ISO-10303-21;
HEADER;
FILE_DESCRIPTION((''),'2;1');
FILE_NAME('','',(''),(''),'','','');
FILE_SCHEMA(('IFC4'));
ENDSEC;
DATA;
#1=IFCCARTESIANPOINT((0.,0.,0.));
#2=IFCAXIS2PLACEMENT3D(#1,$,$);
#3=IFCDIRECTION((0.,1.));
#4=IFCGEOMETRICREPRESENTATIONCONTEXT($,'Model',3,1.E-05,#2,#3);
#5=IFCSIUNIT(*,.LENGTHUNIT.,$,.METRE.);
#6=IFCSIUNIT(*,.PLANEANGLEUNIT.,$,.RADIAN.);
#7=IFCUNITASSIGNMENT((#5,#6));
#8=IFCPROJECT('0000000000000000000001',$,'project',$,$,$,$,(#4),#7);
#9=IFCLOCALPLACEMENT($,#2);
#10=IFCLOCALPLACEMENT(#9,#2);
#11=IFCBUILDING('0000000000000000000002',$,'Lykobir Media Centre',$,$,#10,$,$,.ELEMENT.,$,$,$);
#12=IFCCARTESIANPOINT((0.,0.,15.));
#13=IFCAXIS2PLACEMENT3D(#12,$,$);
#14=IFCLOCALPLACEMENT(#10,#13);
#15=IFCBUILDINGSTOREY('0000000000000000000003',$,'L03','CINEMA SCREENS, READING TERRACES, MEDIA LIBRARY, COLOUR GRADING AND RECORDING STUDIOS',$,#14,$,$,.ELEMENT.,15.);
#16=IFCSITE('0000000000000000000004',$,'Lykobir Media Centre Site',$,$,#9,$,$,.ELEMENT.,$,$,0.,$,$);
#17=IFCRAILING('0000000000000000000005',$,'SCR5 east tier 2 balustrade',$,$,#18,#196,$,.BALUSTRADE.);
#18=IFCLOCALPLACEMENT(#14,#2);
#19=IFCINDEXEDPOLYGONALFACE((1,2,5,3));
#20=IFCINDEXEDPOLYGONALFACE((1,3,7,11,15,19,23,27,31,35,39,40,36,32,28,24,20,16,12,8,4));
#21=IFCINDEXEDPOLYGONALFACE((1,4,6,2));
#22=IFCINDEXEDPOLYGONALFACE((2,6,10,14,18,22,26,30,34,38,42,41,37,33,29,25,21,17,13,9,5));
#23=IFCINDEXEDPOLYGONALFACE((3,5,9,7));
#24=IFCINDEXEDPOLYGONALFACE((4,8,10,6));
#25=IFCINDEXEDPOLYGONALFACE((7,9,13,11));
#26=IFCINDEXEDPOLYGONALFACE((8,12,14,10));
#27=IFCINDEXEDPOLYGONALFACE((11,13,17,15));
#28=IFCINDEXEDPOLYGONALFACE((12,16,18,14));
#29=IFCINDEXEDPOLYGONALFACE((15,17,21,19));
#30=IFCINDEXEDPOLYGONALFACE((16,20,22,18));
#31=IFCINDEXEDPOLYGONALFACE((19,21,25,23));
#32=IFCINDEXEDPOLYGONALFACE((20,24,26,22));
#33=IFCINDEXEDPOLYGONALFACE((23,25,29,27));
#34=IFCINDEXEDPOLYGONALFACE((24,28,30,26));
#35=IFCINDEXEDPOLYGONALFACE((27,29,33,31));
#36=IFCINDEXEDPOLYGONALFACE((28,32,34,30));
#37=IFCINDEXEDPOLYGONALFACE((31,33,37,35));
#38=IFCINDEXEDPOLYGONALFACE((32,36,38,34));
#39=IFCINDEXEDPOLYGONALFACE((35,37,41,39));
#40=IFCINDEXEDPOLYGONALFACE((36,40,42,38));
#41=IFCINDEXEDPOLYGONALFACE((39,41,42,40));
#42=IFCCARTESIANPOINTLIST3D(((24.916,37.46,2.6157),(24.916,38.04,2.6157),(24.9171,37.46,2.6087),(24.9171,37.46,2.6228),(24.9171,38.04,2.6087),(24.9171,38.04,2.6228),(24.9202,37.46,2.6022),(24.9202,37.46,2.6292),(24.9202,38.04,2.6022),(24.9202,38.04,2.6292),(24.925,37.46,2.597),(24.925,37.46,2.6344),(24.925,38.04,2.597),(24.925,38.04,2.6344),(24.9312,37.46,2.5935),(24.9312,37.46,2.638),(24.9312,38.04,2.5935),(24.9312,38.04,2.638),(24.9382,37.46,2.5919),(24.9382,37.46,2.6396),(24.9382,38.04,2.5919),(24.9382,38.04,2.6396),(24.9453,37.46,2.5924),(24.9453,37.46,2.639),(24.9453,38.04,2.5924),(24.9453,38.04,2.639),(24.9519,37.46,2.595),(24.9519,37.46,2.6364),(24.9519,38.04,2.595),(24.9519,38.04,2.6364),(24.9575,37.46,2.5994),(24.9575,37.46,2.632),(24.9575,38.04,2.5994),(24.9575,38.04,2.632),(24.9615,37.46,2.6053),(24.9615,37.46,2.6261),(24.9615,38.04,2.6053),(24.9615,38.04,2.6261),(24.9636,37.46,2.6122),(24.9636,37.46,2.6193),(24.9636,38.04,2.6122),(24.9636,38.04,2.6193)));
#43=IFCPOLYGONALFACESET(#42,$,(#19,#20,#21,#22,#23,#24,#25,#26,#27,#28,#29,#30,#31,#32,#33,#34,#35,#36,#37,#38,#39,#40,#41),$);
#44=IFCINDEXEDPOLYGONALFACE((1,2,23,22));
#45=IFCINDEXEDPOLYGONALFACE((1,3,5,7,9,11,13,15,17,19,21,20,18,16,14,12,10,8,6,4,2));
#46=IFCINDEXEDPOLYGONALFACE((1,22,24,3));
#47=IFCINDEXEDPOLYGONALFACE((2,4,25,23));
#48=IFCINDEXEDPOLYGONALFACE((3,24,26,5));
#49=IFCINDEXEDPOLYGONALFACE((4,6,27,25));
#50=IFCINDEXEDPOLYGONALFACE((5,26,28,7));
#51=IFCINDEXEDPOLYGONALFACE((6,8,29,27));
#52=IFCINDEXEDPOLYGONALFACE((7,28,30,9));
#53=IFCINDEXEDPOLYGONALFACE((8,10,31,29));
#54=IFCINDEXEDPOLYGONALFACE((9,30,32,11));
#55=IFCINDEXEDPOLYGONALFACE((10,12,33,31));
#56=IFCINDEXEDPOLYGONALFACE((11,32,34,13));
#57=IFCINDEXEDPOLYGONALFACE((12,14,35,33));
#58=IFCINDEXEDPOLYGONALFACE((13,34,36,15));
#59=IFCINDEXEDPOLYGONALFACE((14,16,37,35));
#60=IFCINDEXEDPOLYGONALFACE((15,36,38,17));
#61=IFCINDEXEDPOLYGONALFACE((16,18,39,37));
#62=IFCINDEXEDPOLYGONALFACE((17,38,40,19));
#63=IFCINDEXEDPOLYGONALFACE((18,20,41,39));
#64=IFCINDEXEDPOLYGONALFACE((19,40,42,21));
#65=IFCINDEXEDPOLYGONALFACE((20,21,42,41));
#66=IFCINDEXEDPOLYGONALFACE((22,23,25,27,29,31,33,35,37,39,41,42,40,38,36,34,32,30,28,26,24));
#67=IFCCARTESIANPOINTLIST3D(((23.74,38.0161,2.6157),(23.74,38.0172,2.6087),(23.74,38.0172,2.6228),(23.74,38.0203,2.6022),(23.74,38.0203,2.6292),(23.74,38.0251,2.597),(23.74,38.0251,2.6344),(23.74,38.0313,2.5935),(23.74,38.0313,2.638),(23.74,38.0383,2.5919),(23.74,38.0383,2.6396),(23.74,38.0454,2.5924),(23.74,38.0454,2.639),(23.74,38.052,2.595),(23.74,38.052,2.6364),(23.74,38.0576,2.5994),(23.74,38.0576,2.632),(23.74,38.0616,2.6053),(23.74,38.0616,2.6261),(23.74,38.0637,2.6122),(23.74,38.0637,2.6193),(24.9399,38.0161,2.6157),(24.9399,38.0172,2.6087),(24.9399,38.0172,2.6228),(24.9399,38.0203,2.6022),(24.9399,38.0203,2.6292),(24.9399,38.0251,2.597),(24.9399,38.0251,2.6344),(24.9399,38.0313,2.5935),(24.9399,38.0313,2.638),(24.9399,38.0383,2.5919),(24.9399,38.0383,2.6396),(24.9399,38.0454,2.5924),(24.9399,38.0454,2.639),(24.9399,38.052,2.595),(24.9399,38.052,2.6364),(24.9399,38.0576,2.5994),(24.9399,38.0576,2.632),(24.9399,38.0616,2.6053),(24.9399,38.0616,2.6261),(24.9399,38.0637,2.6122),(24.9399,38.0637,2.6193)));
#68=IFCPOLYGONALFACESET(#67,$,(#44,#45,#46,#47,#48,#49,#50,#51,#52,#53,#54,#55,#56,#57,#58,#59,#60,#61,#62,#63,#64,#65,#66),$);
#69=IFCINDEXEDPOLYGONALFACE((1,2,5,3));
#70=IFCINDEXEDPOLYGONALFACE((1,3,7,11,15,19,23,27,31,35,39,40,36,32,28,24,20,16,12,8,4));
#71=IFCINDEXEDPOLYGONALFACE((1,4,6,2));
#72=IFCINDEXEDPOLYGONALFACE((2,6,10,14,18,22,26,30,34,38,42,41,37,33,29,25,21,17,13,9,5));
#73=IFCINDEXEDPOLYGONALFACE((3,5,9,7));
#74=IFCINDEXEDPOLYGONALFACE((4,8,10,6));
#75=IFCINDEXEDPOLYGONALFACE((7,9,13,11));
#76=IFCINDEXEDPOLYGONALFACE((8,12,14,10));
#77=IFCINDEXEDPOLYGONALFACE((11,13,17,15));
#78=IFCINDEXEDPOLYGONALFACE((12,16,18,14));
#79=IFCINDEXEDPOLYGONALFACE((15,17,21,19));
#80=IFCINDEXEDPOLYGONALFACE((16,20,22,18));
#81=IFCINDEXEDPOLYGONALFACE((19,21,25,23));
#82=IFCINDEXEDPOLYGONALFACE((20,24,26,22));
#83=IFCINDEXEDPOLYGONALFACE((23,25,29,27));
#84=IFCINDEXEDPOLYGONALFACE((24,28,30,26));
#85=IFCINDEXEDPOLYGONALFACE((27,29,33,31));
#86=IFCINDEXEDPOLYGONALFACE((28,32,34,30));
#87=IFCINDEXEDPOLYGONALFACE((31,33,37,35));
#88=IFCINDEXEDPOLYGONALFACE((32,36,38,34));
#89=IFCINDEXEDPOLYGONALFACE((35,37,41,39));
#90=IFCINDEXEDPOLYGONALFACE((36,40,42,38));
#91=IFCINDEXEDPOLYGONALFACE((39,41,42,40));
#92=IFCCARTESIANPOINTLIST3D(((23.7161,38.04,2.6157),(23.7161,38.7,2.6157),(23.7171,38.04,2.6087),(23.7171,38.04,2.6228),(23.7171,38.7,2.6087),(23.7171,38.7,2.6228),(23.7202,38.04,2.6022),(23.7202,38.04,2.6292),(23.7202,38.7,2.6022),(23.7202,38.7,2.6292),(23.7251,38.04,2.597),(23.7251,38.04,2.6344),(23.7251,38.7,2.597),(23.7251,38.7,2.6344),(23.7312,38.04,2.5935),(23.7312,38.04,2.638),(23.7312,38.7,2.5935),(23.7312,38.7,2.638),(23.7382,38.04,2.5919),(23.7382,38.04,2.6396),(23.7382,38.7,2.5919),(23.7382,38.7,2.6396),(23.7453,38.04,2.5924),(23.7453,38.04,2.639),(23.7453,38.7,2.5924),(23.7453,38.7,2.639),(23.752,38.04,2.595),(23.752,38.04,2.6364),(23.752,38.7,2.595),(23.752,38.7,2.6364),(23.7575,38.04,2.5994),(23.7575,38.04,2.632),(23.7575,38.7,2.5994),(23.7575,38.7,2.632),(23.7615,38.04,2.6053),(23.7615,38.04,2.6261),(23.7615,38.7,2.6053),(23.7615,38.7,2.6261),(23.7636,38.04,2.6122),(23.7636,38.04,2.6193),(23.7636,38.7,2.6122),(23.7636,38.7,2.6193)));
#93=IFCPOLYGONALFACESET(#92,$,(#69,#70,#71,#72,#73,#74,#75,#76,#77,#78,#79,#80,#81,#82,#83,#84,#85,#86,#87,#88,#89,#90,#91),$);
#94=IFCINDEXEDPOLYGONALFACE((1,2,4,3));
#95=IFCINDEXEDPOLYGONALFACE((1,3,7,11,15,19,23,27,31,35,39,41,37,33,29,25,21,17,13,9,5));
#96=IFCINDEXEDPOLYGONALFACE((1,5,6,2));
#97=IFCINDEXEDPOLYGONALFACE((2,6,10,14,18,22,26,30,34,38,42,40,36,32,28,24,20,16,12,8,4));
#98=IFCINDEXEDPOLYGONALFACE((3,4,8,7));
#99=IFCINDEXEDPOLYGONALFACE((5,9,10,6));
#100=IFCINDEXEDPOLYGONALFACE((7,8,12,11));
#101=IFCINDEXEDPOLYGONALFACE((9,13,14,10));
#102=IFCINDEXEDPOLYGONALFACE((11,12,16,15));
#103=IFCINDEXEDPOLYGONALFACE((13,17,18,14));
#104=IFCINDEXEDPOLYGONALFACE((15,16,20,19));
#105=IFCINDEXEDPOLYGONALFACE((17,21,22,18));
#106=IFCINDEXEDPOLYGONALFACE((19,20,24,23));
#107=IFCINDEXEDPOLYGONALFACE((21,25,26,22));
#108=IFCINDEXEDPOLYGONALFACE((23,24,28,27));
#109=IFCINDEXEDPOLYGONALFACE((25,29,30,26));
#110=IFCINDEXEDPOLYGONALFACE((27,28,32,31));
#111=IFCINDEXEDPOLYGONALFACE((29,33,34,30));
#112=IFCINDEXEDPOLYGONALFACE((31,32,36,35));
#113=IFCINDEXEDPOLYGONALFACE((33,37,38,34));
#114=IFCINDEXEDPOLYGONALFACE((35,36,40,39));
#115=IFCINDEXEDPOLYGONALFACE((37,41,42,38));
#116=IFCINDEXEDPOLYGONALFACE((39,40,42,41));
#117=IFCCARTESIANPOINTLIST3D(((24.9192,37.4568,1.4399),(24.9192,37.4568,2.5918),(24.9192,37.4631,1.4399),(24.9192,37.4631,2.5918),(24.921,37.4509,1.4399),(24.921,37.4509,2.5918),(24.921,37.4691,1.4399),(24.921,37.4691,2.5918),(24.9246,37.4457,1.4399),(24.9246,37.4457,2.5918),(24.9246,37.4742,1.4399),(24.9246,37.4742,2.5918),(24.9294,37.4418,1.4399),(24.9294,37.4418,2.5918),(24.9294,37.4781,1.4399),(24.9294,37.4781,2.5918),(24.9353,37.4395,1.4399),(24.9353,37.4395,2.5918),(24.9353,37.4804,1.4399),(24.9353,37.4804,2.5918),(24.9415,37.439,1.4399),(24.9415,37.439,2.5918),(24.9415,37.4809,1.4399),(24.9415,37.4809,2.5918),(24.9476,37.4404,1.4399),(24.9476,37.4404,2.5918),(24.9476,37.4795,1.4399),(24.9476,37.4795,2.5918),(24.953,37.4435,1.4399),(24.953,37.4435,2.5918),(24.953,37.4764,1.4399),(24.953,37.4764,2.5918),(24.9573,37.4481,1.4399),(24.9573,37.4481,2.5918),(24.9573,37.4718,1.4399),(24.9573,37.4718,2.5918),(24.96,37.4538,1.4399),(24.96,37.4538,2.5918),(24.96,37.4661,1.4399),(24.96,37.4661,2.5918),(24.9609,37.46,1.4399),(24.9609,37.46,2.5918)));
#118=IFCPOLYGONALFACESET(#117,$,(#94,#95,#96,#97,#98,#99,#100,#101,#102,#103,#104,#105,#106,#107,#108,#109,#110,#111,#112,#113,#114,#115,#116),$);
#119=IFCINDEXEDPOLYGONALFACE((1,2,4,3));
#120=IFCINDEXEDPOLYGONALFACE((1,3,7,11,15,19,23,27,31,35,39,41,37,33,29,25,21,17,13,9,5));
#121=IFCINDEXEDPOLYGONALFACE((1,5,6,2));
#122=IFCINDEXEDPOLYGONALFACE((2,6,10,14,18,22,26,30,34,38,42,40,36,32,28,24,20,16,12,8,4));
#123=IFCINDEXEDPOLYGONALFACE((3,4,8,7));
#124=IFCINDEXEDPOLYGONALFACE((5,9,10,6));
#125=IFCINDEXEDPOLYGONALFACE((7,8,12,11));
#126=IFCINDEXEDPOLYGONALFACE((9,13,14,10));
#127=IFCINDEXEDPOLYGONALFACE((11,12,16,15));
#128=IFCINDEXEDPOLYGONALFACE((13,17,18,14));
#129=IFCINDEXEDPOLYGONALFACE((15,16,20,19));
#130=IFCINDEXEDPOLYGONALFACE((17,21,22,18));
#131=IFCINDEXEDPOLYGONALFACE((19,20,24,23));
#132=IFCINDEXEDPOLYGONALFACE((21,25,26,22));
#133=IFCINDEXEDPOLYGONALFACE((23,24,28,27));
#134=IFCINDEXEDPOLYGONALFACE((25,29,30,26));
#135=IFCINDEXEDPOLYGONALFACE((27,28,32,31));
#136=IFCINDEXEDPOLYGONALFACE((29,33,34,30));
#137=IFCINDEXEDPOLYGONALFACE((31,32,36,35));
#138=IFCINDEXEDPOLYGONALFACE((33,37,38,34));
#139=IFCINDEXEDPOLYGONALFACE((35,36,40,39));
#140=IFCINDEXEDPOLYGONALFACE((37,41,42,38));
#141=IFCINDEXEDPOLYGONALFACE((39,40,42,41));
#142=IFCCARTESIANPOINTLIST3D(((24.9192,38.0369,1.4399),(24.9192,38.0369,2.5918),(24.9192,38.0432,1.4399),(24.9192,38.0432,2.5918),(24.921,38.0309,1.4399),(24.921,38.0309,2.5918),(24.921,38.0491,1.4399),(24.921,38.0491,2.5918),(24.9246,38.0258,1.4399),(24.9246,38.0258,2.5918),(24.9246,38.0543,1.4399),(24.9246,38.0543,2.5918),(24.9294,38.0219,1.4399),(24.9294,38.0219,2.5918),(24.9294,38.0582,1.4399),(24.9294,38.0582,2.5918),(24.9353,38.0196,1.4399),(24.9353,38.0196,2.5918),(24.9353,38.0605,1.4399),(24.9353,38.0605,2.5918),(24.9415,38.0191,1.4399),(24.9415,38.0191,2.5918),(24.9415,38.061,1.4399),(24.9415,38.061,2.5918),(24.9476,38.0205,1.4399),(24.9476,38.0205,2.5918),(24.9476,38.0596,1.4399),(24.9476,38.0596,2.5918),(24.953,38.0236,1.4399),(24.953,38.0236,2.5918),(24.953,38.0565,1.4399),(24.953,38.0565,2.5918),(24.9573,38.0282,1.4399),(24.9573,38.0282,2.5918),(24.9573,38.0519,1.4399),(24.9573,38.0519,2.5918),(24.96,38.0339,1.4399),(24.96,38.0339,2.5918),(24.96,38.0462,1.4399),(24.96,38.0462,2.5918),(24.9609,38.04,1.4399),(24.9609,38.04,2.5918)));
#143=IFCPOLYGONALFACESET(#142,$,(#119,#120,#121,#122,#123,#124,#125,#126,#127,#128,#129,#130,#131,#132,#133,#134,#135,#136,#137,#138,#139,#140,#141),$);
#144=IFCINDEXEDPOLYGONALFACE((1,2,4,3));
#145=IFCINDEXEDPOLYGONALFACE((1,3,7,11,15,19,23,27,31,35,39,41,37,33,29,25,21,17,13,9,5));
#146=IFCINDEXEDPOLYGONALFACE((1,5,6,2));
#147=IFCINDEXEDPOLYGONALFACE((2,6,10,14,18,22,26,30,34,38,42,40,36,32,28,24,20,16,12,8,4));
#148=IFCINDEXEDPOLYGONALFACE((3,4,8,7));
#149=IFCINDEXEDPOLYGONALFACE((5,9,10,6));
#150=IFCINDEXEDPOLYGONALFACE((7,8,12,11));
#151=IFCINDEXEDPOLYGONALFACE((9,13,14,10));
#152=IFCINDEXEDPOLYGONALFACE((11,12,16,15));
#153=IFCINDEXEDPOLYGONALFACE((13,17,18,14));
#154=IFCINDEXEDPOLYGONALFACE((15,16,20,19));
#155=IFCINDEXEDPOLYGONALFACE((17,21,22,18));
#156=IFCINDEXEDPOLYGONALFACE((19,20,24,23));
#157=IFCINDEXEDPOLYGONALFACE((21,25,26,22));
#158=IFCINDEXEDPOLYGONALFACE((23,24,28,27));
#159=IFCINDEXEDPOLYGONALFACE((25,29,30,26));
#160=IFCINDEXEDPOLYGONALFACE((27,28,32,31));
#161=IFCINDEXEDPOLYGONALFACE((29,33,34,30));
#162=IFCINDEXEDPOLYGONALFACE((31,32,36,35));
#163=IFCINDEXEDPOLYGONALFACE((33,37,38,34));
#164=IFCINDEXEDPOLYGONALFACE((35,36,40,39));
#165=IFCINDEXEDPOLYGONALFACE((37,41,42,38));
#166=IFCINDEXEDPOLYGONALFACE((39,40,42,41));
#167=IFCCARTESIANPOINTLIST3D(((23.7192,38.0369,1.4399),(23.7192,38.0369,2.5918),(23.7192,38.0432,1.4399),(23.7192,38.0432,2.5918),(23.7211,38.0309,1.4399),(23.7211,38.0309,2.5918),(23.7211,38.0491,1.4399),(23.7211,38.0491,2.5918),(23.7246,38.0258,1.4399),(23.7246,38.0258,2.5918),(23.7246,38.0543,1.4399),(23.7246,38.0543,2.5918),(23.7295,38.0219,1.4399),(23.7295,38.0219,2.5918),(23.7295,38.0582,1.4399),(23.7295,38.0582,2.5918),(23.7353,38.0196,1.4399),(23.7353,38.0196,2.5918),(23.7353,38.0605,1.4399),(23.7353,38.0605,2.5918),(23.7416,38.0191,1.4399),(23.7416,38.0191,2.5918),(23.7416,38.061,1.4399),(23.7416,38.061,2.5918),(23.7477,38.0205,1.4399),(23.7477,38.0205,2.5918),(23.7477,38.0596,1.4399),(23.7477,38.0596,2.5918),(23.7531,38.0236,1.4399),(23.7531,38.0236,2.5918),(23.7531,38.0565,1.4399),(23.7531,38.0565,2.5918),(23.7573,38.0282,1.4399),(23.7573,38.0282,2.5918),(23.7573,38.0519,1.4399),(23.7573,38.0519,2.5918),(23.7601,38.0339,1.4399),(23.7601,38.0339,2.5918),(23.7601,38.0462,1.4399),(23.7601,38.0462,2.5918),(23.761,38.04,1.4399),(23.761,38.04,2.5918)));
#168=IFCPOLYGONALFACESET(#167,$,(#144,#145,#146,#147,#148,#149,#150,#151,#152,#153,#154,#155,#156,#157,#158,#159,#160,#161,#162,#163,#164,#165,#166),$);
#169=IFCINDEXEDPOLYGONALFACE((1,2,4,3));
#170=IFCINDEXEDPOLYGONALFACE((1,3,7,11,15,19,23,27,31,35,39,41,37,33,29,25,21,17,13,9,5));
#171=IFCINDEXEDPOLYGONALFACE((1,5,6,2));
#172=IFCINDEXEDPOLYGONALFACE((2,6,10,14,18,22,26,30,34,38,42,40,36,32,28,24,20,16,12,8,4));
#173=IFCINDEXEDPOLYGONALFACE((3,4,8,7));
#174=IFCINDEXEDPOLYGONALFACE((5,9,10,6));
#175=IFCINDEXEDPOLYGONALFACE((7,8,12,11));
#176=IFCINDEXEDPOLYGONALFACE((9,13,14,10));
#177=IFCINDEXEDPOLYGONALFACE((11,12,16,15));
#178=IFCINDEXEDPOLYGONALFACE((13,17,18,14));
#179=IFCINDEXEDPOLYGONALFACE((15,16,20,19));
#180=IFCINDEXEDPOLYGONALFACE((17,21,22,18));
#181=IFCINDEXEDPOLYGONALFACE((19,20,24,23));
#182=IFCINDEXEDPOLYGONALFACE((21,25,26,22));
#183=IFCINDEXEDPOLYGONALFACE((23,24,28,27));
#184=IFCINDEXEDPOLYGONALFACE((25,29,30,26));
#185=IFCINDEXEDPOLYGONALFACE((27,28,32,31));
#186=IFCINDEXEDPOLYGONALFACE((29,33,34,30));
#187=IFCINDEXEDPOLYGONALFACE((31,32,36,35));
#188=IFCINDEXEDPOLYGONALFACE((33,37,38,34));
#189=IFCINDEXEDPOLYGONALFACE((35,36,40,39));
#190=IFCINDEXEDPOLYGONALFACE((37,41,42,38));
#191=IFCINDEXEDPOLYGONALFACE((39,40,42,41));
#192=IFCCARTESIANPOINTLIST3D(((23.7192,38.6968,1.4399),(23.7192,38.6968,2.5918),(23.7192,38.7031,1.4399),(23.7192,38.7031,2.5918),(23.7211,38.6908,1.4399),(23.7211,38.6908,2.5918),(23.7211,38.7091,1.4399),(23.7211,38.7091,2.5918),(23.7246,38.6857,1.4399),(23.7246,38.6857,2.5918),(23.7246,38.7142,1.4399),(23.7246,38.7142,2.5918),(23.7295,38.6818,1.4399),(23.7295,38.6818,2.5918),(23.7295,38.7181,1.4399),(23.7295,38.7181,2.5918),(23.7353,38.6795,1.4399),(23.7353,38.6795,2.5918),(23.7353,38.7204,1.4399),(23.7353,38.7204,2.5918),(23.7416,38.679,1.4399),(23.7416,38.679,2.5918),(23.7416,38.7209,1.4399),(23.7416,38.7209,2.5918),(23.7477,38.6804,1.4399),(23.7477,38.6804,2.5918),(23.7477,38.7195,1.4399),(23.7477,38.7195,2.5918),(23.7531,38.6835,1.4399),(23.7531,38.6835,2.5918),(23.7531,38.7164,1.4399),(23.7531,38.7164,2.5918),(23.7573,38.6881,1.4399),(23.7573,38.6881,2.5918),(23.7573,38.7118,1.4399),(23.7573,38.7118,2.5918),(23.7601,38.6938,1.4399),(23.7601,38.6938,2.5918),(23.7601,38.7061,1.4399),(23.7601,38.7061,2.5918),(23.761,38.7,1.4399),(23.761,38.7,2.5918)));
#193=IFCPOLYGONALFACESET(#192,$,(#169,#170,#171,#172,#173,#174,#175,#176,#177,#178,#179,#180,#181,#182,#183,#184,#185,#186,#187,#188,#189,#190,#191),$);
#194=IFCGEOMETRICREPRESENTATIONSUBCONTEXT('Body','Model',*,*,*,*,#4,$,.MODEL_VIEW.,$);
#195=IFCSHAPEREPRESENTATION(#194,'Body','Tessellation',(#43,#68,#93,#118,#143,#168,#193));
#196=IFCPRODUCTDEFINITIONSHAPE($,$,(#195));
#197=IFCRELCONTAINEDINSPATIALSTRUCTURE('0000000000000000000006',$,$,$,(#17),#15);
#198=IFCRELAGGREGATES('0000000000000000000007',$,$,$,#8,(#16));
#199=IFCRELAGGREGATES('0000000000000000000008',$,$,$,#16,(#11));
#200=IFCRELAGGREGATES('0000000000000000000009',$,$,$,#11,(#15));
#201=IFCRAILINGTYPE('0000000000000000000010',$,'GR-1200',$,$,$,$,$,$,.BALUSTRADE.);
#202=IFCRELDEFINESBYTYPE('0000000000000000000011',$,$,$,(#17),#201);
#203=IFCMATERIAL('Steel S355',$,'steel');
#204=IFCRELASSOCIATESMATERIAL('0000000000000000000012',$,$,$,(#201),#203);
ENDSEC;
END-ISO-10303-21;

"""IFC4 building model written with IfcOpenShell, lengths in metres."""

from ifc_helpers import new_model, si_unit, direction, frame, origin, origin_2d, place, context, subcontext, project, spatial, circle, extrude, material, type_object, element, save


model = new_model("IFC4")

# Units and contexts
model_context = context("Model", 3, precision=1e-05, world=origin(), true_north=direction((0.0, 1.0)))
body_context = subcontext(model_context, "Body", "Model", "MODEL_VIEW")
ifc_project = project(units=[si_unit("LENGTHUNIT", "METRE"), si_unit("PLANEANGLEUNIT", "RADIAN")], contexts=[model_context])

# Site, building, storey
site_placement = place(None, origin())
site = spatial("IfcSite", under=ifc_project, at=site_placement, Name="Lykobir Media Centre Site", CompositionType="ELEMENT", RefElevation=0.0)
building_placement = place(site_placement, origin())
building = spatial("IfcBuilding", under=site, at=building_placement, Name="Lykobir Media Centre", CompositionType="ELEMENT")
storey_placement = place(building_placement, frame((0.0, 0.0, 15.0)))
storey = spatial("IfcBuildingStorey", under=building, at=storey_placement, Name="L03", Description="CINEMA SCREENS, READING TERRACES, MEDIA LIBRARY, COLOUR GRADING AND RECORDING STUDIOS", CompositionType="ELEMENT", Elevation=15.0)

# Shared definitions
ifc_material = material(Name="Steel S355", Category="steel")

# Railing
railing_type = type_object("IfcRailingType", Name="GR-1200", PredefinedType="BALUSTRADE", material=ifc_material)
railing_1_placement = place(storey_placement, frame((24.9399, 37.46, 1.4399)))
element("IfcRailing", 1, at=railing_1_placement, inside=storey, type_object=railing_type, Name="SCR5 east tier 2 balustrade", PredefinedType="BALUSTRADE", context=body_context, shape_type="SweptSolid", body=[
    extrude(circle(Radius=0.0239, at=origin_2d()), frame((0.0, 0.0, 1.1758), z_axis=(0.0, 1.0, 0.0), x_axis=(-1.0, 0.0, 0.0)), (0.0, 0.0, 1.0), 0.5801),
    extrude(circle(Radius=0.0239, at=origin_2d()), frame((0.0, 0.5801, 1.1758), z_axis=(-1.0, 0.0, 0.0), x_axis=(0.0, -1.0, 0.0)), (0.0, 0.0, 1.0), 1.2),
    extrude(circle(Radius=0.0239, at=origin_2d()), frame((-1.2, 0.5801, 1.1758), z_axis=(0.0, 1.0, 0.0), x_axis=(-1.0, 0.0, 0.0)), (0.0, 0.0, 1.0), 0.6599),
    extrude(circle(Radius=0.021, at=origin_2d()), origin(), (0.0, 0.0, 1.0), 1.1519),
    extrude(circle(Radius=0.021, at=origin_2d()), frame((0.0, 0.5801, 0.0)), (0.0, 0.0, 1.0), 1.1519),
    extrude(circle(Radius=0.021, at=origin_2d()), frame((-1.2, 0.5801, 0.0)), (0.0, 0.0, 1.0), 1.1519),
    extrude(circle(Radius=0.021, at=origin_2d()), frame((-1.2, 1.24, 0.0)), (0.0, 0.0, 1.0), 1.1519),
])

save(model, "model.ifc")
